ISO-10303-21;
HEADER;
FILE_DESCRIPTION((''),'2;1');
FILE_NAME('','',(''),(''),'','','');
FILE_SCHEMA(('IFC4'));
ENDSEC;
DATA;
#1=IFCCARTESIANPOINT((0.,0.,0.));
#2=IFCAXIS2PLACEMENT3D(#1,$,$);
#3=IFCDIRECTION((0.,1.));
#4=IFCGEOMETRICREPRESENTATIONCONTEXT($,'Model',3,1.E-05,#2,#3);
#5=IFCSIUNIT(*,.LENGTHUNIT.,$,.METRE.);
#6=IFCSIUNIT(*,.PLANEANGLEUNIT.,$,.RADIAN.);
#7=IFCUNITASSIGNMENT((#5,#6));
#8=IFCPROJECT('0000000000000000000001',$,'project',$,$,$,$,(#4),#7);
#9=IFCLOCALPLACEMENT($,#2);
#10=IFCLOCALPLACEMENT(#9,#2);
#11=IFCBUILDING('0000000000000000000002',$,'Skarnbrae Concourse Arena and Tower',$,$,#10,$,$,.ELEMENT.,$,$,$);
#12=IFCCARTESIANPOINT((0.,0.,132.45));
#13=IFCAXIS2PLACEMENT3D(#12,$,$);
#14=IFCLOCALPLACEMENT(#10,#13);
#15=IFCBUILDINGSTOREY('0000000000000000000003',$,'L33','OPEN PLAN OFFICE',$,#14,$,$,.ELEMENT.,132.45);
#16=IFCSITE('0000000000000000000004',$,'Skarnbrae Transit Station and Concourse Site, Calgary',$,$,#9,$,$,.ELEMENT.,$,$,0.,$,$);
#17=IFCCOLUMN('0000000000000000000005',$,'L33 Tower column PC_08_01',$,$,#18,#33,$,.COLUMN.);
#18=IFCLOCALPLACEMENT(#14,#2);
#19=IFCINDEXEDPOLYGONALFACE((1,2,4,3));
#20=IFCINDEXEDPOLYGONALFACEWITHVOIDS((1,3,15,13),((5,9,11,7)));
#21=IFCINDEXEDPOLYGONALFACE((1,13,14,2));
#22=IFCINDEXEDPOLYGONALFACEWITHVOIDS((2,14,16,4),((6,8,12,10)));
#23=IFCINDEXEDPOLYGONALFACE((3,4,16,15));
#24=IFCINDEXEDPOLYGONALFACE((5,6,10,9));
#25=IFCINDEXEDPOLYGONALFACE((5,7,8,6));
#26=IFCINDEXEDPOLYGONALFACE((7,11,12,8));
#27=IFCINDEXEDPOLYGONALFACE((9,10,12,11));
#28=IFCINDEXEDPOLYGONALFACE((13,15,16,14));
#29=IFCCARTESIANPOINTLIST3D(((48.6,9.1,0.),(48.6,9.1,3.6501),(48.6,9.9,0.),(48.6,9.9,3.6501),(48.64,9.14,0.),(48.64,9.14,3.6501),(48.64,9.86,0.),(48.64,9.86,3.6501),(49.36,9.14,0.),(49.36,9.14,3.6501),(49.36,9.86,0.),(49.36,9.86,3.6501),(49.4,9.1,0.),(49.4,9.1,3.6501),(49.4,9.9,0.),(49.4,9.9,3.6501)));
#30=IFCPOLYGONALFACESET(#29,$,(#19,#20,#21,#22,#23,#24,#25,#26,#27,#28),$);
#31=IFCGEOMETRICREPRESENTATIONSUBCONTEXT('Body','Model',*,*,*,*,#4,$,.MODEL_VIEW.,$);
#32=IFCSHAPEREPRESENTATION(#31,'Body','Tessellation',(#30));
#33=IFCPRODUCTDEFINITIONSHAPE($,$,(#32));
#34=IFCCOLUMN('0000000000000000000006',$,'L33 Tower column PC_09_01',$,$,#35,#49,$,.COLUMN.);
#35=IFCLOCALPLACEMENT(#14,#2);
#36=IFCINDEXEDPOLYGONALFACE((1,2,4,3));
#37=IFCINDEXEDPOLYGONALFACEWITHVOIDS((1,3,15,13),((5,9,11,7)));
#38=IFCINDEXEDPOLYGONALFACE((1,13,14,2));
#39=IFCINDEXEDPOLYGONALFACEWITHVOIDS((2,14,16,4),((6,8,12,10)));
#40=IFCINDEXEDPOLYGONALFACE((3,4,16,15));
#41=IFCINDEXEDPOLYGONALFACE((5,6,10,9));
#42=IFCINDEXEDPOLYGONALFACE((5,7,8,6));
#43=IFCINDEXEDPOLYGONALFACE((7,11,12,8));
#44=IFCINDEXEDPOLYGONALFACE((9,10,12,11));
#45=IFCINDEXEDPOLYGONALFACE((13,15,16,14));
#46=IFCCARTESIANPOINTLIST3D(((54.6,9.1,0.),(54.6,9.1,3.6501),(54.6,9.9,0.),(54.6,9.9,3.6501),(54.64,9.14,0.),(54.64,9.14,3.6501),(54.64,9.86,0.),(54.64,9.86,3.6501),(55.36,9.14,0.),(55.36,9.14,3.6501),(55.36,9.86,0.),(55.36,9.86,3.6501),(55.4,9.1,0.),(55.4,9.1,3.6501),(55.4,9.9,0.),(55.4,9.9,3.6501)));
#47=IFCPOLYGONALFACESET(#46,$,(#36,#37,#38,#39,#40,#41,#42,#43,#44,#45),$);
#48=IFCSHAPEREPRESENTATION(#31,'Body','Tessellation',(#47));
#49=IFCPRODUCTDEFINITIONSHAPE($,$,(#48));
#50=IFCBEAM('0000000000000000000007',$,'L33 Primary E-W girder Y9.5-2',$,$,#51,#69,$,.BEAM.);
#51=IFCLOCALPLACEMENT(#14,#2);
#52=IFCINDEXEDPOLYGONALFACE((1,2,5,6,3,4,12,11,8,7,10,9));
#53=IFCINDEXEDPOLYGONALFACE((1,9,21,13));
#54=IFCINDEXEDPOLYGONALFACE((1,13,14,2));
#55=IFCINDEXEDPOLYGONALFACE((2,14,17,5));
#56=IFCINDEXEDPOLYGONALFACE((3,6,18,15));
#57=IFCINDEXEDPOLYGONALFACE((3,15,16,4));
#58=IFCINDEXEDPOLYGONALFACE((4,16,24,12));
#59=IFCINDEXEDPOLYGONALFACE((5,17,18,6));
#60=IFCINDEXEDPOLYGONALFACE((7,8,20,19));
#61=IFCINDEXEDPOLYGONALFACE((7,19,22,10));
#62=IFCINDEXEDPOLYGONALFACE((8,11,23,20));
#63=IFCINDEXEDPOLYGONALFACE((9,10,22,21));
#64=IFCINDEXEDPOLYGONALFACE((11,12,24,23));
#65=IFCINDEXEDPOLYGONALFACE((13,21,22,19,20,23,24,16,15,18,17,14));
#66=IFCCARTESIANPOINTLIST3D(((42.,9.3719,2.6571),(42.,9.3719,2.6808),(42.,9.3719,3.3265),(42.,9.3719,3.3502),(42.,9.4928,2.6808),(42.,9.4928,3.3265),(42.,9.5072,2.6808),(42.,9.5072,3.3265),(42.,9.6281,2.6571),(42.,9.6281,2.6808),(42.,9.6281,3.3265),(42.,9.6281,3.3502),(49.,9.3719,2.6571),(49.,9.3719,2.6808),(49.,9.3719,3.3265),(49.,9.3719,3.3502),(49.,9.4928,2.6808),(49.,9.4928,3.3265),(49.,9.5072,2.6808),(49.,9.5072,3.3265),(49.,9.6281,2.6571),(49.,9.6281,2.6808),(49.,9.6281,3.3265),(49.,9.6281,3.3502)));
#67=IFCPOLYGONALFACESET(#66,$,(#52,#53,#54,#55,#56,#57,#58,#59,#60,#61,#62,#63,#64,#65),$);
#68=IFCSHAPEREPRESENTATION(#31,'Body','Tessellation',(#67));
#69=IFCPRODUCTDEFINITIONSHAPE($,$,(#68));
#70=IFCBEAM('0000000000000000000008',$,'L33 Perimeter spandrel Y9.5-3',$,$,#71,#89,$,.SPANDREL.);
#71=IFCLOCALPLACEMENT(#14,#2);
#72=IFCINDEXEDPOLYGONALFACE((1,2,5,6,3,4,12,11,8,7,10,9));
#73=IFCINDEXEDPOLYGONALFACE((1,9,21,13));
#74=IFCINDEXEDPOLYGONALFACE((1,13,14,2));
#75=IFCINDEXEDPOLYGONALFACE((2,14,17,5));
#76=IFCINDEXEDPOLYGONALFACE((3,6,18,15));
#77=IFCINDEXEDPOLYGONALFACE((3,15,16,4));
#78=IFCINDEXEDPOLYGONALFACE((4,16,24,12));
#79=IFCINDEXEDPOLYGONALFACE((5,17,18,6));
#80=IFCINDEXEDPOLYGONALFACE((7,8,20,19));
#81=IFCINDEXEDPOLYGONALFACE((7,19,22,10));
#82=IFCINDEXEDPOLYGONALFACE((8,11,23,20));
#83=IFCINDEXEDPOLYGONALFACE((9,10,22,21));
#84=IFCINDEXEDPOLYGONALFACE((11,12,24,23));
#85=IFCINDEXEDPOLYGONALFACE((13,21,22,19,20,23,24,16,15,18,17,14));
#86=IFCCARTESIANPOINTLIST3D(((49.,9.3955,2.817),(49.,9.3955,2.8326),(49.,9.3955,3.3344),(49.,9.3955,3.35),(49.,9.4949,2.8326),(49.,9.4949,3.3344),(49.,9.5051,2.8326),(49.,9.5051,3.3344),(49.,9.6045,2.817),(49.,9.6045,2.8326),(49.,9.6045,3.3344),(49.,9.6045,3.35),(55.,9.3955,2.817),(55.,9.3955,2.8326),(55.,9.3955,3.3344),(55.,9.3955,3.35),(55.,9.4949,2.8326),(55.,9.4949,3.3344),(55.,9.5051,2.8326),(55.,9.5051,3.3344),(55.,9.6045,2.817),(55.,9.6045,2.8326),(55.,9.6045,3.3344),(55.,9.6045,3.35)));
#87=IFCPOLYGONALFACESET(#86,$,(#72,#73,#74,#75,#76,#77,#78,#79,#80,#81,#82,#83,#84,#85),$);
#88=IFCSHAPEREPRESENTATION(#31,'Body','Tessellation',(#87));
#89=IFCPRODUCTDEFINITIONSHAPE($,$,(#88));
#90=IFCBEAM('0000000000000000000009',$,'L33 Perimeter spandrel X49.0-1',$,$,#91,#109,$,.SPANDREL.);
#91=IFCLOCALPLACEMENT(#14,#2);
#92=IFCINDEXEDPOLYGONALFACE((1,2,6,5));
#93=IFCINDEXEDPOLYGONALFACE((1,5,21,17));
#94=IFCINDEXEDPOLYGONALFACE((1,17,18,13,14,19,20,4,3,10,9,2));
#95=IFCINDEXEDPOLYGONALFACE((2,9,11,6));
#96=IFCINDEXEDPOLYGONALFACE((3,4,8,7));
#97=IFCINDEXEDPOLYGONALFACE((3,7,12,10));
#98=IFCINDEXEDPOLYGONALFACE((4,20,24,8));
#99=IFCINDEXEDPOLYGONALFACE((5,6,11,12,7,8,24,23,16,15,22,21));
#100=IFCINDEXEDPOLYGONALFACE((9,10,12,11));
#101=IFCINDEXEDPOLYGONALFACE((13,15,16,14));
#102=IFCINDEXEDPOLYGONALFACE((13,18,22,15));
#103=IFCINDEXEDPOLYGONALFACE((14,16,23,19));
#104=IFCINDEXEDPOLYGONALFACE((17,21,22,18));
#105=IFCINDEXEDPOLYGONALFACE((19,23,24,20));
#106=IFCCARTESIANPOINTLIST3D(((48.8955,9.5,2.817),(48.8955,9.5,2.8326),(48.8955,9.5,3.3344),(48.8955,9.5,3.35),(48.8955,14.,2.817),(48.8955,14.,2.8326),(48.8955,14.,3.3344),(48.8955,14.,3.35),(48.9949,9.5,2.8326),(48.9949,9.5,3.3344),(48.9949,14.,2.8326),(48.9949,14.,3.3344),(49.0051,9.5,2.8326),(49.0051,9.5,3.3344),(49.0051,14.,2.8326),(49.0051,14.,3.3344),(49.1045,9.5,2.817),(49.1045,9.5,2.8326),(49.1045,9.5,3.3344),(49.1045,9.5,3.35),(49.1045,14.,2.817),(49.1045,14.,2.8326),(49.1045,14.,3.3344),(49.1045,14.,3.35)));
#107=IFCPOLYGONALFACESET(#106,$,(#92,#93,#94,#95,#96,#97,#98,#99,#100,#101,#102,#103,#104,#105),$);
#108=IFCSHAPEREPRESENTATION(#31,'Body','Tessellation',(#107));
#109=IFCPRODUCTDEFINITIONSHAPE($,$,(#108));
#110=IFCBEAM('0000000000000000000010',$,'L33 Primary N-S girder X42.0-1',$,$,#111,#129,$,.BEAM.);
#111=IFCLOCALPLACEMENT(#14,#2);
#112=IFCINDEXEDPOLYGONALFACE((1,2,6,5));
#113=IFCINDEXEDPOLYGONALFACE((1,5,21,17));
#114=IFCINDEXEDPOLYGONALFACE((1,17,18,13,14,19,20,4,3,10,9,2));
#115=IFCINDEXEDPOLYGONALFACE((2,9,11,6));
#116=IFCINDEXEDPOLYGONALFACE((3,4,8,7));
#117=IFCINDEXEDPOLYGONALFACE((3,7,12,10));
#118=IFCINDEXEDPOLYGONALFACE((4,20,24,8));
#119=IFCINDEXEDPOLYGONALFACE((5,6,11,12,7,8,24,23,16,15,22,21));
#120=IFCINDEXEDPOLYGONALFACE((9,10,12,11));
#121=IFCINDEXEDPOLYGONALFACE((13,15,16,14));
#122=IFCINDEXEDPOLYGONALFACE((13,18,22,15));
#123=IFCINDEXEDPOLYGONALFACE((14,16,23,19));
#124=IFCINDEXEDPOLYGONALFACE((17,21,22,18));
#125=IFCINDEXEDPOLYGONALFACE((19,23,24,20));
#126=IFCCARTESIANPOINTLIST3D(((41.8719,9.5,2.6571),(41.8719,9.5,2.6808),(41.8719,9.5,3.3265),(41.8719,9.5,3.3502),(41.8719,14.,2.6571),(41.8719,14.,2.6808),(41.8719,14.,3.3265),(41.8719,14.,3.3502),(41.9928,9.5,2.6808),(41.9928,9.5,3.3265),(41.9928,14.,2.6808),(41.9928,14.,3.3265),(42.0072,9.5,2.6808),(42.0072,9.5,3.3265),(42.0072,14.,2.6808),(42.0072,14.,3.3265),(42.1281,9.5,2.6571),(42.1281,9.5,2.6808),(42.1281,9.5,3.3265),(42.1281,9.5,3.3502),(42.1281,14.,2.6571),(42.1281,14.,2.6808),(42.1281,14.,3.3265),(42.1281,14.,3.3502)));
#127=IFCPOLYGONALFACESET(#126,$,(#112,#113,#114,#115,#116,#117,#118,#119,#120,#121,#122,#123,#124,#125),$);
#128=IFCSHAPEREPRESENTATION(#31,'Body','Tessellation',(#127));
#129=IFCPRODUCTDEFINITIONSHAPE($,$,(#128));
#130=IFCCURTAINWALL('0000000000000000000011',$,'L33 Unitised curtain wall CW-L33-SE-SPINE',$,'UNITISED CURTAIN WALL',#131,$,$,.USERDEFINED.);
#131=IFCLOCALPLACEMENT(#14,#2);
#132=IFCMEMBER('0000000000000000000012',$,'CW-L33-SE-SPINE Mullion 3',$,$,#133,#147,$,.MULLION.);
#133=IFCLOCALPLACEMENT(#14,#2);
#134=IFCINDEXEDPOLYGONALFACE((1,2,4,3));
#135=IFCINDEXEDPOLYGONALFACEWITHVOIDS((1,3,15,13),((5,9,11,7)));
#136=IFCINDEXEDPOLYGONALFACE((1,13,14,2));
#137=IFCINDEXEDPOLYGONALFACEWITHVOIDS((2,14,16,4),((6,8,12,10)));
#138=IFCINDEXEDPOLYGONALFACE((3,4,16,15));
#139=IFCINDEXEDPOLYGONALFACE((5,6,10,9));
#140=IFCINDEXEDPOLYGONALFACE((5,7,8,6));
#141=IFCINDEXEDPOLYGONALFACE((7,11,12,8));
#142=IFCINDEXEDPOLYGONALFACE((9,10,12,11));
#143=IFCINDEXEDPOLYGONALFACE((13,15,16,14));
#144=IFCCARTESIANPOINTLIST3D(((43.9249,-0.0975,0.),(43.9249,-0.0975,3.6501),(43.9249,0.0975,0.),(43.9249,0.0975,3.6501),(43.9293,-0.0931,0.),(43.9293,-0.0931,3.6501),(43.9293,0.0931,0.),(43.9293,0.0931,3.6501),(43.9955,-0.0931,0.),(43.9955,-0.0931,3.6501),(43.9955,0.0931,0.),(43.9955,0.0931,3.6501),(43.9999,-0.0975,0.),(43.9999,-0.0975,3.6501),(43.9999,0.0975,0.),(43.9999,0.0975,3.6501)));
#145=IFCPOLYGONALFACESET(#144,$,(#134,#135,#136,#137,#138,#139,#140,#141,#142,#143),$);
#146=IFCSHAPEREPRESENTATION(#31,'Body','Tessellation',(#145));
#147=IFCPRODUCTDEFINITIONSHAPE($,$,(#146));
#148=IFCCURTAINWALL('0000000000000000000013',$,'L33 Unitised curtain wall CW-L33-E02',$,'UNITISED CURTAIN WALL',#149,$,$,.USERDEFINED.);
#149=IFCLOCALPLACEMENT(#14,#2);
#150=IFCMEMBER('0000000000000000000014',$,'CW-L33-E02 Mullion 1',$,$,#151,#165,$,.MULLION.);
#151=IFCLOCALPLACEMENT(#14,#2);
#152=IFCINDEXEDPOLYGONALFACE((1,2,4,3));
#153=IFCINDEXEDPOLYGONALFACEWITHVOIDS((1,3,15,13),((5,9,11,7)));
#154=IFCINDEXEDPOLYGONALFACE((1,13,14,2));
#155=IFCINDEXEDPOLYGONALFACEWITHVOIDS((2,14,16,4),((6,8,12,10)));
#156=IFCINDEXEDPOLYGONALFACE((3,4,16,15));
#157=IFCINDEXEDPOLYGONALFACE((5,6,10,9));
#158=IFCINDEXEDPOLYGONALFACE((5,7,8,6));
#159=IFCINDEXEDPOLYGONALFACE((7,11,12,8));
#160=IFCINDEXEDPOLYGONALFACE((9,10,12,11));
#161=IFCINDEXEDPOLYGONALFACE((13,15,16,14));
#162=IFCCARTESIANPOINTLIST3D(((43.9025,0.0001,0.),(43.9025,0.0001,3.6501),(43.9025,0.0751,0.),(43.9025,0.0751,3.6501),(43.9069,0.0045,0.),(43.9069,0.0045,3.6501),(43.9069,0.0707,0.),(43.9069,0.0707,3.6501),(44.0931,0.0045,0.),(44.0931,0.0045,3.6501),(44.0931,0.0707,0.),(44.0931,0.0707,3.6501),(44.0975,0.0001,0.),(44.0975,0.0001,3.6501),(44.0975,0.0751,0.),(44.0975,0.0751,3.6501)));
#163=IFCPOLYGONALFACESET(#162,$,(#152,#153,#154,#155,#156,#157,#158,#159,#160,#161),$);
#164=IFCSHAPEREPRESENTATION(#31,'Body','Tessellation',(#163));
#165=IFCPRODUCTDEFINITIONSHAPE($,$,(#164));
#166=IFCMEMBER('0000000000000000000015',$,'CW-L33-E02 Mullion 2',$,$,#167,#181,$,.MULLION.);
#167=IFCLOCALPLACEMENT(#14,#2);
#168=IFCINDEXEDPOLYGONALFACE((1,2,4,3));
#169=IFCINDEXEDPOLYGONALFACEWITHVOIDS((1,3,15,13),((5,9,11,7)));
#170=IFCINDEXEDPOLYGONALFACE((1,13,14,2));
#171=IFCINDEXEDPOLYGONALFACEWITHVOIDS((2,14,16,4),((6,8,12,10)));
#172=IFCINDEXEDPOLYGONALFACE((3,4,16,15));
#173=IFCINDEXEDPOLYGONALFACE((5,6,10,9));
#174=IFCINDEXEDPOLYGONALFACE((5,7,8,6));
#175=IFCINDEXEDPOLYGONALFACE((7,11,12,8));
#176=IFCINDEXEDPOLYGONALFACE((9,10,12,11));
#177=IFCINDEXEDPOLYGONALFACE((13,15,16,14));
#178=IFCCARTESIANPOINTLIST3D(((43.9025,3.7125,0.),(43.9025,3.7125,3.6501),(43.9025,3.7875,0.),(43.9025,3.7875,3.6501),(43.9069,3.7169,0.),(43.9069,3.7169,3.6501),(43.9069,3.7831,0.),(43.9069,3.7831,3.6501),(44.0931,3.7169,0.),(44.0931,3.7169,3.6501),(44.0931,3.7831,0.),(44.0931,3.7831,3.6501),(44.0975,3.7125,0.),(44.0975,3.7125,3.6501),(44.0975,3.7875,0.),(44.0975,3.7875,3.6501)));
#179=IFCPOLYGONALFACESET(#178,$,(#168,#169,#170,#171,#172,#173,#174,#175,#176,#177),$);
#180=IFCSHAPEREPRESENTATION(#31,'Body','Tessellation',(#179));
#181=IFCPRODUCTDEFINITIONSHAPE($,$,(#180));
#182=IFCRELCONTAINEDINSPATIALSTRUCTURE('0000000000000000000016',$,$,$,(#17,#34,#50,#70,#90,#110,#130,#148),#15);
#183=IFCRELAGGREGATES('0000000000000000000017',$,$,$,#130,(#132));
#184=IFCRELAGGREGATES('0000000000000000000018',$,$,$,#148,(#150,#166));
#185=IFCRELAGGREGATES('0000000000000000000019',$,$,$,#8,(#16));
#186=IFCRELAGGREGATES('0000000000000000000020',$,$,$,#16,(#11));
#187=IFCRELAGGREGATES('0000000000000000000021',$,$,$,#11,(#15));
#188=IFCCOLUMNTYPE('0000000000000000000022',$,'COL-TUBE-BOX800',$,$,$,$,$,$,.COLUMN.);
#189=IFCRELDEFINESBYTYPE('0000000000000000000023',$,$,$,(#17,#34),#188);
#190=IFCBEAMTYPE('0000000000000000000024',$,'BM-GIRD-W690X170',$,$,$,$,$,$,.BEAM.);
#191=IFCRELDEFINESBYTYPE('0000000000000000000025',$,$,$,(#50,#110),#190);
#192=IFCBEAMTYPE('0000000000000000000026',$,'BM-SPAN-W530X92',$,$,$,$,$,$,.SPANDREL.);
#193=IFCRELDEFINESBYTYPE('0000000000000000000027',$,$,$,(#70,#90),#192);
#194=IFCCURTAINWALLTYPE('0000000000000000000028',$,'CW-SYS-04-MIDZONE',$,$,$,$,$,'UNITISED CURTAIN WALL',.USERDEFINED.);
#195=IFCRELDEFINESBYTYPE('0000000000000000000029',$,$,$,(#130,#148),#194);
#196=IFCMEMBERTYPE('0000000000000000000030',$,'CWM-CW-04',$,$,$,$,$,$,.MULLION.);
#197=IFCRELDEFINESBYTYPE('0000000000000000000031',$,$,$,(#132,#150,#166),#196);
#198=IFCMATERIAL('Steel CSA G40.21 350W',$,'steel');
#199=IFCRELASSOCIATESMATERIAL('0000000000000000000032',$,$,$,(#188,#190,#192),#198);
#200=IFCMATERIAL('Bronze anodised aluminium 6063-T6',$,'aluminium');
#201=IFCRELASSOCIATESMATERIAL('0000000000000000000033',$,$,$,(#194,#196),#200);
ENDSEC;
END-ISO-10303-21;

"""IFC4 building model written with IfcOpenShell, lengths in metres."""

from ifc_helpers import new_model, si_unit, direction, frame, origin, origin_2d, place, context, subcontext, project, spatial, hollow_rectangle, i_section, extrude, source, transform, mapped, material, material_profile, profile_set, type_object, element, aggregate, save


model = new_model("IFC4")

# Units and contexts
model_context = context("Model", 3, precision=1e-05, world=origin(), true_north=direction((0.0, 1.0)))
body_context = subcontext(model_context, "Body", "Model", "MODEL_VIEW")
ifc_project = project(units=[si_unit("LENGTHUNIT", "METRE"), si_unit("PLANEANGLEUNIT", "RADIAN")], contexts=[model_context])

# Site, building, storey
site_placement = place(None, origin())
site = spatial("IfcSite", under=ifc_project, at=site_placement, Name="Skarnbrae Transit Station and Concourse Site, Calgary", CompositionType="ELEMENT", RefElevation=0.0)
building_placement = place(site_placement, origin())
building = spatial("IfcBuilding", under=site, at=building_placement, Name="Skarnbrae Concourse Arena and Tower", CompositionType="ELEMENT")
storey_placement = place(building_placement, frame((0.0, 0.0, 132.45)))
storey = spatial("IfcBuildingStorey", under=building, at=storey_placement, Name="L33", Description="OPEN PLAN OFFICE", CompositionType="ELEMENT", Elevation=132.45)

# Columns
ifc_material_1 = material(Name="Steel CSA G40.21 350W", Category="steel")
ifc_material_profile_1 = material_profile(ifc_material_1, hollow_rectangle(XDim=0.8, YDim=0.8, WallThickness=0.04, at=origin_2d()), Name="BOX800X800X40")
ifc_profile_set_1 = profile_set([ifc_material_profile_1], Name="Steel CSA G40.21 350W")
column_type = type_object("IfcColumnType", Name="COL-TUBE-BOX800", PredefinedType="COLUMN", material=ifc_profile_set_1)
shared_shape_1 = source(origin(), body_context, "Body", "SweptSolid", [
    extrude(hollow_rectangle(XDim=0.8, YDim=0.8, WallThickness=0.04, at=origin_2d()), origin(), (0.0, 0.0, 1.0), 3.6501),
])
for number, where, z_axis, x_axis, name in (
    (1, (49.0, 9.5, 0.0), (0.0, 0.0, 1.0), (1.0, 0.0, 0.0), "L33 Tower column PC_08_01"),
    (2, (55.0, 9.5, 0.0), (0.0, 0.0, 1.0), (1.0, 0.0, 0.0), "L33 Tower column PC_09_01"),
):
    element("IfcColumn", number, at=place(storey_placement, frame(where, z_axis=z_axis, x_axis=x_axis)), inside=storey, type_object=column_type, Name=name, PredefinedType="COLUMN", context=body_context, shape_type="MappedRepresentation", body=[
        mapped(shared_shape_1, transform((0.0, 0.0, 0.0))),
    ])

# Beams
ifc_material_profile_2 = material_profile(ifc_material_1, i_section(OverallWidth=0.2561, OverallDepth=0.6931, WebThickness=0.0144, FlangeThickness=0.0237, at=origin_2d()), Name="W690X170")
ifc_profile_set_2 = profile_set([ifc_material_profile_2], Name="Steel CSA G40.21 350W")
beam_type_1 = type_object("IfcBeamType", Name="BM-GIRD-W690X170", PredefinedType="BEAM", material=ifc_profile_set_2)
shared_shape_2 = source(origin(), body_context, "Body", "SweptSolid", [
    extrude(i_section(OverallWidth=0.2561, OverallDepth=0.6931, WebThickness=0.0144, FlangeThickness=0.0237, at=origin_2d()), origin(), (0.0, 0.0, 1.0), 7.0),
])
beam_1_placement = place(storey_placement, frame((42.0, 9.5, 3.0037), z_axis=(1.0, 0.0, 0.0), x_axis=(0.0, 1.0, 0.0)))
element("IfcBeam", 3, at=beam_1_placement, inside=storey, type_object=beam_type_1, Name="L33 Primary E-W girder Y9.5-2", PredefinedType="BEAM", context=body_context, shape_type="MappedRepresentation", body=[
    mapped(shared_shape_2, transform((0.0, 0.0, 0.0))),
])
ifc_material_profile_3 = material_profile(ifc_material_1, i_section(OverallWidth=0.209, OverallDepth=0.533, WebThickness=0.0103, FlangeThickness=0.0156, at=origin_2d()), Name="W530X92")
ifc_profile_set_3 = profile_set([ifc_material_profile_3], Name="Steel CSA G40.21 350W")
beam_type_2 = type_object("IfcBeamType", Name="BM-SPAN-W530X92", PredefinedType="SPANDREL", material=ifc_profile_set_3)
shared_shape_3 = source(origin(), body_context, "Body", "SweptSolid", [
    extrude(i_section(OverallWidth=0.209, OverallDepth=0.533, WebThickness=0.0103, FlangeThickness=0.0156, at=origin_2d()), origin(), (0.0, 0.0, 1.0), 6.0),
])
beam_2_placement = place(storey_placement, frame((49.0, 9.5, 3.0835), z_axis=(1.0, 0.0, 0.0), x_axis=(0.0, 1.0, 0.0)))
element("IfcBeam", 4, at=beam_2_placement, inside=storey, type_object=beam_type_2, Name="L33 Perimeter spandrel Y9.5-3", PredefinedType="SPANDREL", context=body_context, shape_type="MappedRepresentation", body=[
    mapped(shared_shape_3, transform((0.0, 0.0, 0.0))),
])
shared_shape_4 = source(origin(), body_context, "Body", "SweptSolid", [
    extrude(i_section(OverallWidth=0.209, OverallDepth=0.533, WebThickness=0.0103, FlangeThickness=0.0156, at=origin_2d()), origin(), (0.0, 0.0, 1.0), 4.5),
])
beam_3_placement = place(storey_placement, frame((49.0, 9.5, 3.0835), z_axis=(0.0, 1.0, 0.0), x_axis=(-1.0, 0.0, 0.0)))
element("IfcBeam", 5, at=beam_3_placement, inside=storey, type_object=beam_type_2, Name="L33 Perimeter spandrel X49.0-1", PredefinedType="SPANDREL", context=body_context, shape_type="MappedRepresentation", body=[
    mapped(shared_shape_4, transform((0.0, 0.0, 0.0))),
])
shared_shape_5 = source(origin(), body_context, "Body", "SweptSolid", [
    extrude(i_section(OverallWidth=0.2561, OverallDepth=0.6931, WebThickness=0.0144, FlangeThickness=0.0237, at=origin_2d()), origin(), (0.0, 0.0, 1.0), 4.5),
])
beam_4_placement = place(storey_placement, frame((42.0, 9.5, 3.0037), z_axis=(0.0, 1.0, 0.0), x_axis=(-1.0, 0.0, 0.0)))
element("IfcBeam", 6, at=beam_4_placement, inside=storey, type_object=beam_type_1, Name="L33 Primary N-S girder X42.0-1", PredefinedType="BEAM", context=body_context, shape_type="MappedRepresentation", body=[
    mapped(shared_shape_5, transform((0.0, 0.0, 0.0))),
])

# Curtain wall, member
ifc_material_2 = material(Name="Bronze anodised aluminium 6063-T6", Category="aluminium")
curtain_wall_type = type_object("IfcCurtainWallType", Name="CW-SYS-04-MIDZONE", ElementType="UNITISED CURTAIN WALL", PredefinedType="USERDEFINED", material=ifc_material_2)
curtain_wall_1_placement = place(storey_placement, origin())
curtain_wall_1 = element("IfcCurtainWall", 7, at=curtain_wall_1_placement, inside=storey, type_object=curtain_wall_type, Name="L33 Unitised curtain wall CW-L33-SE-SPINE", ObjectType="UNITISED CURTAIN WALL", PredefinedType="USERDEFINED")
ifc_material_profile_4 = material_profile(ifc_material_2, hollow_rectangle(XDim=0.075, YDim=0.1951, WallThickness=0.0044, at=origin_2d()), Name="ALU-MULL-75X195")
ifc_profile_set_4 = profile_set([ifc_material_profile_4], Name="Bronze anodised aluminium 6063-T6")
member_type_1 = type_object("IfcMemberType", Name="CWM-CW-04", PredefinedType="MULLION", material=ifc_profile_set_4)
shared_shape_6 = source(origin(), body_context, "Body", "SweptSolid", [
    extrude(hollow_rectangle(XDim=0.075, YDim=0.1951, WallThickness=0.0044, at=origin_2d()), origin(), (0.0, 0.0, 1.0), 3.6501),
])
member_1_placement = place(storey_placement, frame((43.9624, 0.0, 0.0), z_axis=(0.0, 0.0, 1.0), x_axis=(1.0, 0.0, 0.0)))
member_1 = element("IfcMember", 8, at=member_1_placement, type_object=member_type_1, Name="CW-L33-SE-SPINE Mullion 3", PredefinedType="MULLION", context=body_context, shape_type="MappedRepresentation", body=[
    mapped(shared_shape_6, transform((0.0, 0.0, 0.0))),
])
aggregate(curtain_wall_1, [member_1])

# Curtain wall, members
curtain_wall_2_placement = place(storey_placement, origin())
curtain_wall_2 = element("IfcCurtainWall", 9, at=curtain_wall_2_placement, inside=storey, type_object=curtain_wall_type, Name="L33 Unitised curtain wall CW-L33-E02", ObjectType="UNITISED CURTAIN WALL", PredefinedType="USERDEFINED")
member_2_placement = place(storey_placement, frame((44.0, 0.0376, 0.0), z_axis=(0.0, 0.0, 1.0), x_axis=(0.0, 1.0, 0.0)))
member_2 = element("IfcMember", 10, at=member_2_placement, type_object=member_type_1, Name="CW-L33-E02 Mullion 1", PredefinedType="MULLION", context=body_context, shape_type="MappedRepresentation", body=[
    mapped(shared_shape_6, transform((0.0, 0.0, 0.0))),
])
member_3_placement = place(storey_placement, frame((44.0, 3.75, 0.0), z_axis=(0.0, 0.0, 1.0), x_axis=(0.0, 1.0, 0.0)))
member_3 = element("IfcMember", 11, at=member_3_placement, type_object=member_type_1, Name="CW-L33-E02 Mullion 2", PredefinedType="MULLION", context=body_context, shape_type="MappedRepresentation", body=[
    mapped(shared_shape_6, transform((0.0, 0.0, 0.0))),
])

aggregate(curtain_wall_2, [member_2, member_3])

save(model, "model.ifc")
